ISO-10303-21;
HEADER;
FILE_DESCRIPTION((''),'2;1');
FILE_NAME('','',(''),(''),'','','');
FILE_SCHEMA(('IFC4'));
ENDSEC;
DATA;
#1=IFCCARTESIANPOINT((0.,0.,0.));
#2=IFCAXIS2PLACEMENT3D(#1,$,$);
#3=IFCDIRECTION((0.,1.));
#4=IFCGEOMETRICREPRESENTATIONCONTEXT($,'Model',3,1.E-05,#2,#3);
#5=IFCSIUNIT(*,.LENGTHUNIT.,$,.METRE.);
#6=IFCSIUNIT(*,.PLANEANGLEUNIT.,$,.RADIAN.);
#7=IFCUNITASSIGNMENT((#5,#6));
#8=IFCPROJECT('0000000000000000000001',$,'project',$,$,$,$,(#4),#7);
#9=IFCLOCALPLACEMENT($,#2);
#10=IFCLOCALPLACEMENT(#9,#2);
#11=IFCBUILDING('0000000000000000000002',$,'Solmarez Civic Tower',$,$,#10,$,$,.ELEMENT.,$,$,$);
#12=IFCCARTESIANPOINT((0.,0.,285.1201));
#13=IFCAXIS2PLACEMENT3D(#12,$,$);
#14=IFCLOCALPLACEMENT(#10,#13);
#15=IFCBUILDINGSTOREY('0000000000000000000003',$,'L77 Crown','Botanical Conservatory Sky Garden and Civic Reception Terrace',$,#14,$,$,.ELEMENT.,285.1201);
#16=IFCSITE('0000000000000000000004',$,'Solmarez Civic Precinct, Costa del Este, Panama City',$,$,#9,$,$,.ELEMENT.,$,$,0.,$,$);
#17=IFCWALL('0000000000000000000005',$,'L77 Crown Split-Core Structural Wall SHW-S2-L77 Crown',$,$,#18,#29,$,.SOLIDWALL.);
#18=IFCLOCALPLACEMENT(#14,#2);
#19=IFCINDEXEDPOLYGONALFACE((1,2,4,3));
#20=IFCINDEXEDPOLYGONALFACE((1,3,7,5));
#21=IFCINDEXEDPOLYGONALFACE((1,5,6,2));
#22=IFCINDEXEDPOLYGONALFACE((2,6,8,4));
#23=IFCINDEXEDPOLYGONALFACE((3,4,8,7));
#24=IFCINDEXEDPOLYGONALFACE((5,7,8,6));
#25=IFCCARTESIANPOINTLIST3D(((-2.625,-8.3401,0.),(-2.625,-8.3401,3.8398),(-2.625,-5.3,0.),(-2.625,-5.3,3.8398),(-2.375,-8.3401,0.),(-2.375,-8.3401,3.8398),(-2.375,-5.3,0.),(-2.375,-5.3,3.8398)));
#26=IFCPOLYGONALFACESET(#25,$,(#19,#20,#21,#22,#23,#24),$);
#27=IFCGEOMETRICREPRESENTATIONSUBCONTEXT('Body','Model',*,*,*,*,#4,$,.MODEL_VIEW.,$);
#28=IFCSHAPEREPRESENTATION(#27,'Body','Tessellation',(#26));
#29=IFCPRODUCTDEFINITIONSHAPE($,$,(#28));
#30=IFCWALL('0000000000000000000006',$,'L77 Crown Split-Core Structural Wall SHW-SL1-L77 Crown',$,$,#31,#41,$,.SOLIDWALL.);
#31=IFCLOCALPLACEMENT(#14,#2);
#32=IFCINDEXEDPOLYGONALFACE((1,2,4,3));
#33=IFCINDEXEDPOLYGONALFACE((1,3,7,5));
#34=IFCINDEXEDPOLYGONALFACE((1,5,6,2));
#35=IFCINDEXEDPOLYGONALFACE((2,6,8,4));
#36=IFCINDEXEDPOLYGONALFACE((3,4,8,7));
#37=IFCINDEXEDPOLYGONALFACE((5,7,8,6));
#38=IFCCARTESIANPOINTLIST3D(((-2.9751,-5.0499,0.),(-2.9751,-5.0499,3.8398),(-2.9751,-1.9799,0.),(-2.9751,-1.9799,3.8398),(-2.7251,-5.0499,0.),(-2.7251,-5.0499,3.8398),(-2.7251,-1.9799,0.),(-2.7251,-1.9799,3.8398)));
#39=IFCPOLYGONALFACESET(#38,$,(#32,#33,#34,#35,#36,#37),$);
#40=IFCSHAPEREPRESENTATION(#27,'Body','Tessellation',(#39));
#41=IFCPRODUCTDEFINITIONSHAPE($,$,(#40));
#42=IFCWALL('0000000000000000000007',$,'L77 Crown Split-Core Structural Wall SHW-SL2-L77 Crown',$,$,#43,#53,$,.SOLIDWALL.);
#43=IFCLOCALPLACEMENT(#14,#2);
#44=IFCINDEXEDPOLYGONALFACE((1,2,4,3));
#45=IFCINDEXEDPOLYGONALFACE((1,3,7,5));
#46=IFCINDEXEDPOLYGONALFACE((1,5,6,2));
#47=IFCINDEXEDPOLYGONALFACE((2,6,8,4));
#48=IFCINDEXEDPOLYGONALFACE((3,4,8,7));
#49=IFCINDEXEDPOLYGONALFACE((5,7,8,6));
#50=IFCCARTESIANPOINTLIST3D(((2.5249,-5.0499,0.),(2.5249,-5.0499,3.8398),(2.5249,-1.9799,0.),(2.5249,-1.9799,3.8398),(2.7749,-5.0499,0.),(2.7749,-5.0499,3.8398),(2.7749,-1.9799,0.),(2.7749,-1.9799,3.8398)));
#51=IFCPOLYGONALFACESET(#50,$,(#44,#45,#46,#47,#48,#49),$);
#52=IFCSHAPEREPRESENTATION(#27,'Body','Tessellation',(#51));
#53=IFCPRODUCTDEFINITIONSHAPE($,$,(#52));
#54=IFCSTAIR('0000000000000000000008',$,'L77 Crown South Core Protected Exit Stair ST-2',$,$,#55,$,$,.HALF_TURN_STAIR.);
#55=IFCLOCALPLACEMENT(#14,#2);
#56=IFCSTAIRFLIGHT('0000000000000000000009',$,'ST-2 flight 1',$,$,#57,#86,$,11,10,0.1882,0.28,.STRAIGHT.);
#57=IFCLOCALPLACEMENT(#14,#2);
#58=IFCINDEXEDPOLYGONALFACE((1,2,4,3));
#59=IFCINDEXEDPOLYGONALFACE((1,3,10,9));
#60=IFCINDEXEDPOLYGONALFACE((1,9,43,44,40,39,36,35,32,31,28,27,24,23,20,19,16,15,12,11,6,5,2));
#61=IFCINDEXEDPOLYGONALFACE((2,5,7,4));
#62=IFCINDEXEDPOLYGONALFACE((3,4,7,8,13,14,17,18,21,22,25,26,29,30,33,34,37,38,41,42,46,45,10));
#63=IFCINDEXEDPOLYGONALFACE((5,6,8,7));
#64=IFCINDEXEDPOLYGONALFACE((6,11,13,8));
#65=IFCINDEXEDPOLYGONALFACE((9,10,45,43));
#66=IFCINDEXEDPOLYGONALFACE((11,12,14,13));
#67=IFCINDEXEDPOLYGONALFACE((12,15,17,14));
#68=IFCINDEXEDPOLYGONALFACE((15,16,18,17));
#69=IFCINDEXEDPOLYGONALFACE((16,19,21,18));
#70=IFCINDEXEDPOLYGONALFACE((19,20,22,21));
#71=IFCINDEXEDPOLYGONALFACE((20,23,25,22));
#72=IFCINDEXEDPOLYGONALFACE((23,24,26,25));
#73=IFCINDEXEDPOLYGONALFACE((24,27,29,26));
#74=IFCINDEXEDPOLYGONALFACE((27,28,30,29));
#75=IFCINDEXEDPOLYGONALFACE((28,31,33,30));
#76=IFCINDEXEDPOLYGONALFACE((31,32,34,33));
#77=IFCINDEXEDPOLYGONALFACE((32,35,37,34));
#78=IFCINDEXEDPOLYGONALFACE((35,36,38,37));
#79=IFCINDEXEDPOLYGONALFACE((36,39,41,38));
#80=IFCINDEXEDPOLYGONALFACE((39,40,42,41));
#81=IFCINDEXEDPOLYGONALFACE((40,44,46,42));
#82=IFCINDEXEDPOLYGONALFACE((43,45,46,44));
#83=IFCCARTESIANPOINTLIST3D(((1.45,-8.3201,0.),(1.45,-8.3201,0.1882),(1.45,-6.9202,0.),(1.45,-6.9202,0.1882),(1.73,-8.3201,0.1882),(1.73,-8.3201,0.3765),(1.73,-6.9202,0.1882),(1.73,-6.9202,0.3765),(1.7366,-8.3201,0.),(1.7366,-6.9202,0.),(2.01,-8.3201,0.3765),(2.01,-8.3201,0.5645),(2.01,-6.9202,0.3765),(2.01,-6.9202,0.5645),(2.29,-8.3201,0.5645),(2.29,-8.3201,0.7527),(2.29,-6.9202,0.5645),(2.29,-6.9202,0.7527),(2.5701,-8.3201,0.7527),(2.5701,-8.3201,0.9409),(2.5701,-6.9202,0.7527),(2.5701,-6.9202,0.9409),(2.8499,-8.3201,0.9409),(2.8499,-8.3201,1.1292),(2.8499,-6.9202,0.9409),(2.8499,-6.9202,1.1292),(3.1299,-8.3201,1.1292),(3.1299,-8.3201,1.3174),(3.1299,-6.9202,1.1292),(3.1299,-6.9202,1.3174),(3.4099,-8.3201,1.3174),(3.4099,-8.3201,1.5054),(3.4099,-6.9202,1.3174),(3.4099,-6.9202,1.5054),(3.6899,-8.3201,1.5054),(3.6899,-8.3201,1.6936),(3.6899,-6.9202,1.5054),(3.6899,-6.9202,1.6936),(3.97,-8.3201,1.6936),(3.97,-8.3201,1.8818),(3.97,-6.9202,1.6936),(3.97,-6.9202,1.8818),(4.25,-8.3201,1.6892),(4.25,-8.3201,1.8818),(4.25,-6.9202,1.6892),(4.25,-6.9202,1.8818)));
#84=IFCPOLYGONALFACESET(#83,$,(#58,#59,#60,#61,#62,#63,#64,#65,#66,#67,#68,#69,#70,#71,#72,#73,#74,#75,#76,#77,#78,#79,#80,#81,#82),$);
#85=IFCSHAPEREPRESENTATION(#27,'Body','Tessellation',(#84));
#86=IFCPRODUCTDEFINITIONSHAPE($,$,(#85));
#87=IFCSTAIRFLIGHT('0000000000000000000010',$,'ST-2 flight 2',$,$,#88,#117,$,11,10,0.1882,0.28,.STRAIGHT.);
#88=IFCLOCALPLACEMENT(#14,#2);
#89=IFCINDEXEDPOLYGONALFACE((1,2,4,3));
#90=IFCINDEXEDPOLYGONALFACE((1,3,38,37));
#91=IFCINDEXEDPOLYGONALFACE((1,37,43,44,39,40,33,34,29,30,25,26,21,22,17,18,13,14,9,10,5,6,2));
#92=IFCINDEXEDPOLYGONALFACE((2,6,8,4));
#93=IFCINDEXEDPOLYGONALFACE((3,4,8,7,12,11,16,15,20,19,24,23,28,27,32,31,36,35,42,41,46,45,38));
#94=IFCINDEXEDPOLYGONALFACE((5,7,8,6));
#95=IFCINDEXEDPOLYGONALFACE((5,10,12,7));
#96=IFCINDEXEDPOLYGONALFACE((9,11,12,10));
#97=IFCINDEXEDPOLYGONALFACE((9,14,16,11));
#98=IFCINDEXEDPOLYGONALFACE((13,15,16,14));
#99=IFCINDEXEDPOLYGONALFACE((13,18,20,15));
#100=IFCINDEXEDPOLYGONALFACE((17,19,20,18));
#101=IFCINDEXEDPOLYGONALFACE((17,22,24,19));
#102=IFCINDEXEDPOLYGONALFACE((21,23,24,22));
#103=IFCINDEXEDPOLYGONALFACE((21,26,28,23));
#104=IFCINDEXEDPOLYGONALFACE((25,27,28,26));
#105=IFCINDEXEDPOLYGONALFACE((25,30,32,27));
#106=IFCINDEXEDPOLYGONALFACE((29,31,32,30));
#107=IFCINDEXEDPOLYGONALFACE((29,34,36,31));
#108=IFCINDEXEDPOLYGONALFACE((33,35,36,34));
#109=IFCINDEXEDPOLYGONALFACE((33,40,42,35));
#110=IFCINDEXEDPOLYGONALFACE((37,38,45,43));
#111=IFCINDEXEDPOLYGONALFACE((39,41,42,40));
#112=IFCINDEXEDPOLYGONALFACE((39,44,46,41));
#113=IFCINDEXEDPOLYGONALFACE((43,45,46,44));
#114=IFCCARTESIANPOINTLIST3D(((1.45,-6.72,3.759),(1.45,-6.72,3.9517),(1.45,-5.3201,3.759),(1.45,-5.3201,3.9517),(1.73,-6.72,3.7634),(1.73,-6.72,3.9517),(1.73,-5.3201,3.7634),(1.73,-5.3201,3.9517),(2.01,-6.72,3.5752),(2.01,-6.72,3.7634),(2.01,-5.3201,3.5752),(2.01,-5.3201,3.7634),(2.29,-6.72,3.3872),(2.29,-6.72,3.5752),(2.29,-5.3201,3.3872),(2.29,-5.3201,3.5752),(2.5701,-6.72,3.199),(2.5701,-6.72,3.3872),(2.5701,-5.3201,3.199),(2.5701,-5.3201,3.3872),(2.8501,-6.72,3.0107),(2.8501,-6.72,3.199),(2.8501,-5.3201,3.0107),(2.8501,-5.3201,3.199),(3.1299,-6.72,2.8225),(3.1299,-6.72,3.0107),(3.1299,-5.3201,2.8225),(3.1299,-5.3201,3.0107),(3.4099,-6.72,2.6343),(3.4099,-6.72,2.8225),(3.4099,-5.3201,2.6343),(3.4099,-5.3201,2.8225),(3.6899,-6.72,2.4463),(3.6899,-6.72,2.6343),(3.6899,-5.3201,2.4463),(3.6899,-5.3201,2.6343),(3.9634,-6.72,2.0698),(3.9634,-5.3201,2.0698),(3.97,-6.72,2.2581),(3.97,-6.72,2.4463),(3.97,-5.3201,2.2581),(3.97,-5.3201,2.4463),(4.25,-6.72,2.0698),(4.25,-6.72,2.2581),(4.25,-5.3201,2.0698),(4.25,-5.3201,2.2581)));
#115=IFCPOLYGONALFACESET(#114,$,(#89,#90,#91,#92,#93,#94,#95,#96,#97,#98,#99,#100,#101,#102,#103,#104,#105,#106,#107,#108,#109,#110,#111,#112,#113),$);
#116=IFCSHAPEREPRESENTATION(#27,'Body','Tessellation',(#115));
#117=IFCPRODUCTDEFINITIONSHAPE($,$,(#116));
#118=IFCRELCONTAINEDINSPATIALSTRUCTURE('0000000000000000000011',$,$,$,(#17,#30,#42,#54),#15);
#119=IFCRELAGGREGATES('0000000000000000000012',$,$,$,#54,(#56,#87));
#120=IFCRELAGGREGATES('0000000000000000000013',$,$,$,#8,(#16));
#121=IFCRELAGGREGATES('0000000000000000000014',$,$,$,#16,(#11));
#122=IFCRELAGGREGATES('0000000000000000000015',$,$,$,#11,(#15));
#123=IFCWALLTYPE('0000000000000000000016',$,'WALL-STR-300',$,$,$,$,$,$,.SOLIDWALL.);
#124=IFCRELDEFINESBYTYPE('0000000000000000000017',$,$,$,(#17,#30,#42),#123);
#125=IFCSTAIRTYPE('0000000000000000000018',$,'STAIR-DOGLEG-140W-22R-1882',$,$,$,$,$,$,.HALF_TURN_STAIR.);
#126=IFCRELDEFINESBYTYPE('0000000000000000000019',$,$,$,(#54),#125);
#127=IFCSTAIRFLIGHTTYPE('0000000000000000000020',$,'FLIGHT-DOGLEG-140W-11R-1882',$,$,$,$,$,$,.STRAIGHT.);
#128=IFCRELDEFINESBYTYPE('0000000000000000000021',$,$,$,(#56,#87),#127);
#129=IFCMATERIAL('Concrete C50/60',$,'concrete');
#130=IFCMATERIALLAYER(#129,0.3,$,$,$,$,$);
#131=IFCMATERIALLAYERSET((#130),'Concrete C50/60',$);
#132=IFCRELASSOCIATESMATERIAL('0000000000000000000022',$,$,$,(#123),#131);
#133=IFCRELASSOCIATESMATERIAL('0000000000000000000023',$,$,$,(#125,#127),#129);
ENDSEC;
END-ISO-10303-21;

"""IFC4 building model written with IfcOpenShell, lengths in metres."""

from ifc_helpers import new_model, si_unit, direction, frame, frame_2d, origin, place, context, subcontext, project, spatial, polyline, rectangle, outline, extrude, material, layer, layer_set, type_object, element, aggregate, save


model = new_model("IFC4")

# Units and contexts
model_context = context("Model", 3, precision=1e-05, world=origin(), true_north=direction((0.0, 1.0)))
body_context = subcontext(model_context, "Body", "Model", "MODEL_VIEW")
ifc_project = project(units=[si_unit("LENGTHUNIT", "METRE"), si_unit("PLANEANGLEUNIT", "RADIAN")], contexts=[model_context])

# Site, building, storey
site_placement = place(None, origin())
site = spatial("IfcSite", under=ifc_project, at=site_placement, Name="Solmarez Civic Precinct, Costa del Este, Panama City", CompositionType="ELEMENT", RefElevation=0.0)
building_placement = place(site_placement, origin())
building = spatial("IfcBuilding", under=site, at=building_placement, Name="Solmarez Civic Tower", CompositionType="ELEMENT")
storey_placement = place(building_placement, frame((0.0, 0.0, 285.1201)))
storey = spatial("IfcBuildingStorey", under=building, at=storey_placement, Name="L77 Crown", Description="Botanical Conservatory Sky Garden and Civic Reception Terrace", CompositionType="ELEMENT", Elevation=285.1201)

# Shared definitions
ifc_material_1 = material(Name="Concrete C50/60", Category="concrete")

# Walls
ifc_layer_1 = layer(ifc_material_1, 0.3)
ifc_layer_set_1 = layer_set([ifc_layer_1], Name="Concrete C50/60")
wall_type_1 = type_object("IfcWallType", Name="WALL-STR-300", PredefinedType="SOLIDWALL", material=ifc_layer_set_1)
for number, where, z_axis, x_axis, name in (
    (1, (-2.5, -8.3401, 0.0), (0.0, 0.0, 1.0), (0.0, 1.0, 0.0), "L77 Crown Split-Core Structural Wall SHW-S2-L77 Crown"),
):
    element("IfcWall", number, at=place(storey_placement, frame(where, z_axis=z_axis, x_axis=x_axis)), inside=storey, type_object=wall_type_1, Name=name, PredefinedType="SOLIDWALL", context=body_context, shape_type="SweptSolid", body=[
        extrude(rectangle(XDim=3.04, YDim=0.25, at=frame_2d((1.52, 0.0))), origin(), (0.0, 0.0, 1.0), 3.8398),
    ])
for number, where, z_axis, x_axis, name in (
    (2, (-2.8501, -5.05, 0.0), (0.0, 0.0, 1.0), (0.0, 1.0, 0.0), "L77 Crown Split-Core Structural Wall SHW-SL1-L77 Crown"),
    (3, (2.6499, -5.05, 0.0), (0.0, 0.0, 1.0), (0.0, 1.0, 0.0), "L77 Crown Split-Core Structural Wall SHW-SL2-L77 Crown"),
):
    element("IfcWall", number, at=place(storey_placement, frame(where, z_axis=z_axis, x_axis=x_axis)), inside=storey, type_object=wall_type_1, Name=name, PredefinedType="SOLIDWALL", context=body_context, shape_type="SweptSolid", body=[
        extrude(rectangle(XDim=3.0701, YDim=0.25, at=frame_2d((1.5352, 0.0))), origin(), (0.0, 0.0, 1.0), 3.8398),
    ])

# Stair, stair flights
stair_type = type_object("IfcStairType", Name="STAIR-DOGLEG-140W-22R-1882", PredefinedType="HALF_TURN_STAIR", material=ifc_material_1)
stair_placement = place(storey_placement, origin())
stair = element("IfcStair", 4, at=stair_placement, inside=storey, type_object=stair_type, Name="L77 Crown South Core Protected Exit Stair ST-2", PredefinedType="HALF_TURN_STAIR")
stair_flight_type = type_object("IfcStairFlightType", Name="FLIGHT-DOGLEG-140W-11R-1882", PredefinedType="STRAIGHT", material=ifc_material_1)
stair_flight_1_placement = place(storey_placement, frame((1.45, -7.6201, 0.0), z_axis=(0.0, 0.0, 1.0), x_axis=(1.0, 0.0, 0.0)))
stair_flight_1 = element("IfcStairFlight", 5, at=stair_flight_1_placement, type_object=stair_flight_type, Name="ST-2 flight 1", NumberOfRisers=11, NumberOfTreads=10, PredefinedType="STRAIGHT", RiserHeight=0.1882, TreadLength=0.28, context=body_context, shape_type="SweptSolid", body=[
    extrude(outline(polyline([(0.0, 0.0), (0.0, 0.1882), (0.28, 0.1882), (0.28, 0.3765), (0.5601, 0.3765), (0.5601, 0.5645), (0.8401, 0.5645), (0.8401, 0.7527), (1.1201, 0.7527), (1.1201, 0.9409), (1.3999, 0.9409), (1.3999, 1.1292), (1.6799, 1.1292), (1.6799, 1.3174), (1.96, 1.3174), (1.96, 1.5054), (2.24, 1.5054), (2.24, 1.6936), (2.52, 1.6936), (2.52, 1.8818), (2.8, 1.8818), (2.8, 2.0701), (2.8, 1.6892), (0.2866, 0.0), (0.0, 0.0)])), frame((0.0, 0.7, 0.0), z_axis=(0.0, -1.0, 0.0), x_axis=(1.0, 0.0, 0.0)), (0.0, 0.0, 1.0), 1.3999),
])
stair_flight_2_placement = place(storey_placement, frame((4.25, -6.02, 2.0698), z_axis=(0.0, 0.0, 1.0), x_axis=(-1.0, 0.0, 0.0)))
stair_flight_2 = element("IfcStairFlight", 6, at=stair_flight_2_placement, type_object=stair_flight_type, Name="ST-2 flight 2", NumberOfRisers=11, NumberOfTreads=10, PredefinedType="STRAIGHT", RiserHeight=0.1882, TreadLength=0.28, context=body_context, shape_type="SweptSolid", body=[
    extrude(outline(polyline([(0.0, 0.0), (0.0, 0.1882), (0.28, 0.1882), (0.28, 0.3765), (0.5601, 0.3765), (0.5601, 0.5645), (0.8401, 0.5645), (0.8401, 0.7527), (1.1201, 0.7527), (1.1201, 0.9409), (1.3999, 0.9409), (1.3999, 1.1292), (1.6799, 1.1292), (1.6799, 1.3174), (1.96, 1.3174), (1.96, 1.5054), (2.24, 1.5054), (2.24, 1.6936), (2.52, 1.6936), (2.52, 1.8818), (2.8, 1.8818), (2.8, 2.0701), (2.8, 1.6892), (0.2866, 0.0), (0.0, 0.0)])), frame((0.0, 0.7, 0.0), z_axis=(0.0, -1.0, 0.0), x_axis=(1.0, 0.0, 0.0)), (0.0, 0.0, 1.0), 1.3999),
])
aggregate(stair, [stair_flight_1, stair_flight_2])

save(model, "model.ifc")
